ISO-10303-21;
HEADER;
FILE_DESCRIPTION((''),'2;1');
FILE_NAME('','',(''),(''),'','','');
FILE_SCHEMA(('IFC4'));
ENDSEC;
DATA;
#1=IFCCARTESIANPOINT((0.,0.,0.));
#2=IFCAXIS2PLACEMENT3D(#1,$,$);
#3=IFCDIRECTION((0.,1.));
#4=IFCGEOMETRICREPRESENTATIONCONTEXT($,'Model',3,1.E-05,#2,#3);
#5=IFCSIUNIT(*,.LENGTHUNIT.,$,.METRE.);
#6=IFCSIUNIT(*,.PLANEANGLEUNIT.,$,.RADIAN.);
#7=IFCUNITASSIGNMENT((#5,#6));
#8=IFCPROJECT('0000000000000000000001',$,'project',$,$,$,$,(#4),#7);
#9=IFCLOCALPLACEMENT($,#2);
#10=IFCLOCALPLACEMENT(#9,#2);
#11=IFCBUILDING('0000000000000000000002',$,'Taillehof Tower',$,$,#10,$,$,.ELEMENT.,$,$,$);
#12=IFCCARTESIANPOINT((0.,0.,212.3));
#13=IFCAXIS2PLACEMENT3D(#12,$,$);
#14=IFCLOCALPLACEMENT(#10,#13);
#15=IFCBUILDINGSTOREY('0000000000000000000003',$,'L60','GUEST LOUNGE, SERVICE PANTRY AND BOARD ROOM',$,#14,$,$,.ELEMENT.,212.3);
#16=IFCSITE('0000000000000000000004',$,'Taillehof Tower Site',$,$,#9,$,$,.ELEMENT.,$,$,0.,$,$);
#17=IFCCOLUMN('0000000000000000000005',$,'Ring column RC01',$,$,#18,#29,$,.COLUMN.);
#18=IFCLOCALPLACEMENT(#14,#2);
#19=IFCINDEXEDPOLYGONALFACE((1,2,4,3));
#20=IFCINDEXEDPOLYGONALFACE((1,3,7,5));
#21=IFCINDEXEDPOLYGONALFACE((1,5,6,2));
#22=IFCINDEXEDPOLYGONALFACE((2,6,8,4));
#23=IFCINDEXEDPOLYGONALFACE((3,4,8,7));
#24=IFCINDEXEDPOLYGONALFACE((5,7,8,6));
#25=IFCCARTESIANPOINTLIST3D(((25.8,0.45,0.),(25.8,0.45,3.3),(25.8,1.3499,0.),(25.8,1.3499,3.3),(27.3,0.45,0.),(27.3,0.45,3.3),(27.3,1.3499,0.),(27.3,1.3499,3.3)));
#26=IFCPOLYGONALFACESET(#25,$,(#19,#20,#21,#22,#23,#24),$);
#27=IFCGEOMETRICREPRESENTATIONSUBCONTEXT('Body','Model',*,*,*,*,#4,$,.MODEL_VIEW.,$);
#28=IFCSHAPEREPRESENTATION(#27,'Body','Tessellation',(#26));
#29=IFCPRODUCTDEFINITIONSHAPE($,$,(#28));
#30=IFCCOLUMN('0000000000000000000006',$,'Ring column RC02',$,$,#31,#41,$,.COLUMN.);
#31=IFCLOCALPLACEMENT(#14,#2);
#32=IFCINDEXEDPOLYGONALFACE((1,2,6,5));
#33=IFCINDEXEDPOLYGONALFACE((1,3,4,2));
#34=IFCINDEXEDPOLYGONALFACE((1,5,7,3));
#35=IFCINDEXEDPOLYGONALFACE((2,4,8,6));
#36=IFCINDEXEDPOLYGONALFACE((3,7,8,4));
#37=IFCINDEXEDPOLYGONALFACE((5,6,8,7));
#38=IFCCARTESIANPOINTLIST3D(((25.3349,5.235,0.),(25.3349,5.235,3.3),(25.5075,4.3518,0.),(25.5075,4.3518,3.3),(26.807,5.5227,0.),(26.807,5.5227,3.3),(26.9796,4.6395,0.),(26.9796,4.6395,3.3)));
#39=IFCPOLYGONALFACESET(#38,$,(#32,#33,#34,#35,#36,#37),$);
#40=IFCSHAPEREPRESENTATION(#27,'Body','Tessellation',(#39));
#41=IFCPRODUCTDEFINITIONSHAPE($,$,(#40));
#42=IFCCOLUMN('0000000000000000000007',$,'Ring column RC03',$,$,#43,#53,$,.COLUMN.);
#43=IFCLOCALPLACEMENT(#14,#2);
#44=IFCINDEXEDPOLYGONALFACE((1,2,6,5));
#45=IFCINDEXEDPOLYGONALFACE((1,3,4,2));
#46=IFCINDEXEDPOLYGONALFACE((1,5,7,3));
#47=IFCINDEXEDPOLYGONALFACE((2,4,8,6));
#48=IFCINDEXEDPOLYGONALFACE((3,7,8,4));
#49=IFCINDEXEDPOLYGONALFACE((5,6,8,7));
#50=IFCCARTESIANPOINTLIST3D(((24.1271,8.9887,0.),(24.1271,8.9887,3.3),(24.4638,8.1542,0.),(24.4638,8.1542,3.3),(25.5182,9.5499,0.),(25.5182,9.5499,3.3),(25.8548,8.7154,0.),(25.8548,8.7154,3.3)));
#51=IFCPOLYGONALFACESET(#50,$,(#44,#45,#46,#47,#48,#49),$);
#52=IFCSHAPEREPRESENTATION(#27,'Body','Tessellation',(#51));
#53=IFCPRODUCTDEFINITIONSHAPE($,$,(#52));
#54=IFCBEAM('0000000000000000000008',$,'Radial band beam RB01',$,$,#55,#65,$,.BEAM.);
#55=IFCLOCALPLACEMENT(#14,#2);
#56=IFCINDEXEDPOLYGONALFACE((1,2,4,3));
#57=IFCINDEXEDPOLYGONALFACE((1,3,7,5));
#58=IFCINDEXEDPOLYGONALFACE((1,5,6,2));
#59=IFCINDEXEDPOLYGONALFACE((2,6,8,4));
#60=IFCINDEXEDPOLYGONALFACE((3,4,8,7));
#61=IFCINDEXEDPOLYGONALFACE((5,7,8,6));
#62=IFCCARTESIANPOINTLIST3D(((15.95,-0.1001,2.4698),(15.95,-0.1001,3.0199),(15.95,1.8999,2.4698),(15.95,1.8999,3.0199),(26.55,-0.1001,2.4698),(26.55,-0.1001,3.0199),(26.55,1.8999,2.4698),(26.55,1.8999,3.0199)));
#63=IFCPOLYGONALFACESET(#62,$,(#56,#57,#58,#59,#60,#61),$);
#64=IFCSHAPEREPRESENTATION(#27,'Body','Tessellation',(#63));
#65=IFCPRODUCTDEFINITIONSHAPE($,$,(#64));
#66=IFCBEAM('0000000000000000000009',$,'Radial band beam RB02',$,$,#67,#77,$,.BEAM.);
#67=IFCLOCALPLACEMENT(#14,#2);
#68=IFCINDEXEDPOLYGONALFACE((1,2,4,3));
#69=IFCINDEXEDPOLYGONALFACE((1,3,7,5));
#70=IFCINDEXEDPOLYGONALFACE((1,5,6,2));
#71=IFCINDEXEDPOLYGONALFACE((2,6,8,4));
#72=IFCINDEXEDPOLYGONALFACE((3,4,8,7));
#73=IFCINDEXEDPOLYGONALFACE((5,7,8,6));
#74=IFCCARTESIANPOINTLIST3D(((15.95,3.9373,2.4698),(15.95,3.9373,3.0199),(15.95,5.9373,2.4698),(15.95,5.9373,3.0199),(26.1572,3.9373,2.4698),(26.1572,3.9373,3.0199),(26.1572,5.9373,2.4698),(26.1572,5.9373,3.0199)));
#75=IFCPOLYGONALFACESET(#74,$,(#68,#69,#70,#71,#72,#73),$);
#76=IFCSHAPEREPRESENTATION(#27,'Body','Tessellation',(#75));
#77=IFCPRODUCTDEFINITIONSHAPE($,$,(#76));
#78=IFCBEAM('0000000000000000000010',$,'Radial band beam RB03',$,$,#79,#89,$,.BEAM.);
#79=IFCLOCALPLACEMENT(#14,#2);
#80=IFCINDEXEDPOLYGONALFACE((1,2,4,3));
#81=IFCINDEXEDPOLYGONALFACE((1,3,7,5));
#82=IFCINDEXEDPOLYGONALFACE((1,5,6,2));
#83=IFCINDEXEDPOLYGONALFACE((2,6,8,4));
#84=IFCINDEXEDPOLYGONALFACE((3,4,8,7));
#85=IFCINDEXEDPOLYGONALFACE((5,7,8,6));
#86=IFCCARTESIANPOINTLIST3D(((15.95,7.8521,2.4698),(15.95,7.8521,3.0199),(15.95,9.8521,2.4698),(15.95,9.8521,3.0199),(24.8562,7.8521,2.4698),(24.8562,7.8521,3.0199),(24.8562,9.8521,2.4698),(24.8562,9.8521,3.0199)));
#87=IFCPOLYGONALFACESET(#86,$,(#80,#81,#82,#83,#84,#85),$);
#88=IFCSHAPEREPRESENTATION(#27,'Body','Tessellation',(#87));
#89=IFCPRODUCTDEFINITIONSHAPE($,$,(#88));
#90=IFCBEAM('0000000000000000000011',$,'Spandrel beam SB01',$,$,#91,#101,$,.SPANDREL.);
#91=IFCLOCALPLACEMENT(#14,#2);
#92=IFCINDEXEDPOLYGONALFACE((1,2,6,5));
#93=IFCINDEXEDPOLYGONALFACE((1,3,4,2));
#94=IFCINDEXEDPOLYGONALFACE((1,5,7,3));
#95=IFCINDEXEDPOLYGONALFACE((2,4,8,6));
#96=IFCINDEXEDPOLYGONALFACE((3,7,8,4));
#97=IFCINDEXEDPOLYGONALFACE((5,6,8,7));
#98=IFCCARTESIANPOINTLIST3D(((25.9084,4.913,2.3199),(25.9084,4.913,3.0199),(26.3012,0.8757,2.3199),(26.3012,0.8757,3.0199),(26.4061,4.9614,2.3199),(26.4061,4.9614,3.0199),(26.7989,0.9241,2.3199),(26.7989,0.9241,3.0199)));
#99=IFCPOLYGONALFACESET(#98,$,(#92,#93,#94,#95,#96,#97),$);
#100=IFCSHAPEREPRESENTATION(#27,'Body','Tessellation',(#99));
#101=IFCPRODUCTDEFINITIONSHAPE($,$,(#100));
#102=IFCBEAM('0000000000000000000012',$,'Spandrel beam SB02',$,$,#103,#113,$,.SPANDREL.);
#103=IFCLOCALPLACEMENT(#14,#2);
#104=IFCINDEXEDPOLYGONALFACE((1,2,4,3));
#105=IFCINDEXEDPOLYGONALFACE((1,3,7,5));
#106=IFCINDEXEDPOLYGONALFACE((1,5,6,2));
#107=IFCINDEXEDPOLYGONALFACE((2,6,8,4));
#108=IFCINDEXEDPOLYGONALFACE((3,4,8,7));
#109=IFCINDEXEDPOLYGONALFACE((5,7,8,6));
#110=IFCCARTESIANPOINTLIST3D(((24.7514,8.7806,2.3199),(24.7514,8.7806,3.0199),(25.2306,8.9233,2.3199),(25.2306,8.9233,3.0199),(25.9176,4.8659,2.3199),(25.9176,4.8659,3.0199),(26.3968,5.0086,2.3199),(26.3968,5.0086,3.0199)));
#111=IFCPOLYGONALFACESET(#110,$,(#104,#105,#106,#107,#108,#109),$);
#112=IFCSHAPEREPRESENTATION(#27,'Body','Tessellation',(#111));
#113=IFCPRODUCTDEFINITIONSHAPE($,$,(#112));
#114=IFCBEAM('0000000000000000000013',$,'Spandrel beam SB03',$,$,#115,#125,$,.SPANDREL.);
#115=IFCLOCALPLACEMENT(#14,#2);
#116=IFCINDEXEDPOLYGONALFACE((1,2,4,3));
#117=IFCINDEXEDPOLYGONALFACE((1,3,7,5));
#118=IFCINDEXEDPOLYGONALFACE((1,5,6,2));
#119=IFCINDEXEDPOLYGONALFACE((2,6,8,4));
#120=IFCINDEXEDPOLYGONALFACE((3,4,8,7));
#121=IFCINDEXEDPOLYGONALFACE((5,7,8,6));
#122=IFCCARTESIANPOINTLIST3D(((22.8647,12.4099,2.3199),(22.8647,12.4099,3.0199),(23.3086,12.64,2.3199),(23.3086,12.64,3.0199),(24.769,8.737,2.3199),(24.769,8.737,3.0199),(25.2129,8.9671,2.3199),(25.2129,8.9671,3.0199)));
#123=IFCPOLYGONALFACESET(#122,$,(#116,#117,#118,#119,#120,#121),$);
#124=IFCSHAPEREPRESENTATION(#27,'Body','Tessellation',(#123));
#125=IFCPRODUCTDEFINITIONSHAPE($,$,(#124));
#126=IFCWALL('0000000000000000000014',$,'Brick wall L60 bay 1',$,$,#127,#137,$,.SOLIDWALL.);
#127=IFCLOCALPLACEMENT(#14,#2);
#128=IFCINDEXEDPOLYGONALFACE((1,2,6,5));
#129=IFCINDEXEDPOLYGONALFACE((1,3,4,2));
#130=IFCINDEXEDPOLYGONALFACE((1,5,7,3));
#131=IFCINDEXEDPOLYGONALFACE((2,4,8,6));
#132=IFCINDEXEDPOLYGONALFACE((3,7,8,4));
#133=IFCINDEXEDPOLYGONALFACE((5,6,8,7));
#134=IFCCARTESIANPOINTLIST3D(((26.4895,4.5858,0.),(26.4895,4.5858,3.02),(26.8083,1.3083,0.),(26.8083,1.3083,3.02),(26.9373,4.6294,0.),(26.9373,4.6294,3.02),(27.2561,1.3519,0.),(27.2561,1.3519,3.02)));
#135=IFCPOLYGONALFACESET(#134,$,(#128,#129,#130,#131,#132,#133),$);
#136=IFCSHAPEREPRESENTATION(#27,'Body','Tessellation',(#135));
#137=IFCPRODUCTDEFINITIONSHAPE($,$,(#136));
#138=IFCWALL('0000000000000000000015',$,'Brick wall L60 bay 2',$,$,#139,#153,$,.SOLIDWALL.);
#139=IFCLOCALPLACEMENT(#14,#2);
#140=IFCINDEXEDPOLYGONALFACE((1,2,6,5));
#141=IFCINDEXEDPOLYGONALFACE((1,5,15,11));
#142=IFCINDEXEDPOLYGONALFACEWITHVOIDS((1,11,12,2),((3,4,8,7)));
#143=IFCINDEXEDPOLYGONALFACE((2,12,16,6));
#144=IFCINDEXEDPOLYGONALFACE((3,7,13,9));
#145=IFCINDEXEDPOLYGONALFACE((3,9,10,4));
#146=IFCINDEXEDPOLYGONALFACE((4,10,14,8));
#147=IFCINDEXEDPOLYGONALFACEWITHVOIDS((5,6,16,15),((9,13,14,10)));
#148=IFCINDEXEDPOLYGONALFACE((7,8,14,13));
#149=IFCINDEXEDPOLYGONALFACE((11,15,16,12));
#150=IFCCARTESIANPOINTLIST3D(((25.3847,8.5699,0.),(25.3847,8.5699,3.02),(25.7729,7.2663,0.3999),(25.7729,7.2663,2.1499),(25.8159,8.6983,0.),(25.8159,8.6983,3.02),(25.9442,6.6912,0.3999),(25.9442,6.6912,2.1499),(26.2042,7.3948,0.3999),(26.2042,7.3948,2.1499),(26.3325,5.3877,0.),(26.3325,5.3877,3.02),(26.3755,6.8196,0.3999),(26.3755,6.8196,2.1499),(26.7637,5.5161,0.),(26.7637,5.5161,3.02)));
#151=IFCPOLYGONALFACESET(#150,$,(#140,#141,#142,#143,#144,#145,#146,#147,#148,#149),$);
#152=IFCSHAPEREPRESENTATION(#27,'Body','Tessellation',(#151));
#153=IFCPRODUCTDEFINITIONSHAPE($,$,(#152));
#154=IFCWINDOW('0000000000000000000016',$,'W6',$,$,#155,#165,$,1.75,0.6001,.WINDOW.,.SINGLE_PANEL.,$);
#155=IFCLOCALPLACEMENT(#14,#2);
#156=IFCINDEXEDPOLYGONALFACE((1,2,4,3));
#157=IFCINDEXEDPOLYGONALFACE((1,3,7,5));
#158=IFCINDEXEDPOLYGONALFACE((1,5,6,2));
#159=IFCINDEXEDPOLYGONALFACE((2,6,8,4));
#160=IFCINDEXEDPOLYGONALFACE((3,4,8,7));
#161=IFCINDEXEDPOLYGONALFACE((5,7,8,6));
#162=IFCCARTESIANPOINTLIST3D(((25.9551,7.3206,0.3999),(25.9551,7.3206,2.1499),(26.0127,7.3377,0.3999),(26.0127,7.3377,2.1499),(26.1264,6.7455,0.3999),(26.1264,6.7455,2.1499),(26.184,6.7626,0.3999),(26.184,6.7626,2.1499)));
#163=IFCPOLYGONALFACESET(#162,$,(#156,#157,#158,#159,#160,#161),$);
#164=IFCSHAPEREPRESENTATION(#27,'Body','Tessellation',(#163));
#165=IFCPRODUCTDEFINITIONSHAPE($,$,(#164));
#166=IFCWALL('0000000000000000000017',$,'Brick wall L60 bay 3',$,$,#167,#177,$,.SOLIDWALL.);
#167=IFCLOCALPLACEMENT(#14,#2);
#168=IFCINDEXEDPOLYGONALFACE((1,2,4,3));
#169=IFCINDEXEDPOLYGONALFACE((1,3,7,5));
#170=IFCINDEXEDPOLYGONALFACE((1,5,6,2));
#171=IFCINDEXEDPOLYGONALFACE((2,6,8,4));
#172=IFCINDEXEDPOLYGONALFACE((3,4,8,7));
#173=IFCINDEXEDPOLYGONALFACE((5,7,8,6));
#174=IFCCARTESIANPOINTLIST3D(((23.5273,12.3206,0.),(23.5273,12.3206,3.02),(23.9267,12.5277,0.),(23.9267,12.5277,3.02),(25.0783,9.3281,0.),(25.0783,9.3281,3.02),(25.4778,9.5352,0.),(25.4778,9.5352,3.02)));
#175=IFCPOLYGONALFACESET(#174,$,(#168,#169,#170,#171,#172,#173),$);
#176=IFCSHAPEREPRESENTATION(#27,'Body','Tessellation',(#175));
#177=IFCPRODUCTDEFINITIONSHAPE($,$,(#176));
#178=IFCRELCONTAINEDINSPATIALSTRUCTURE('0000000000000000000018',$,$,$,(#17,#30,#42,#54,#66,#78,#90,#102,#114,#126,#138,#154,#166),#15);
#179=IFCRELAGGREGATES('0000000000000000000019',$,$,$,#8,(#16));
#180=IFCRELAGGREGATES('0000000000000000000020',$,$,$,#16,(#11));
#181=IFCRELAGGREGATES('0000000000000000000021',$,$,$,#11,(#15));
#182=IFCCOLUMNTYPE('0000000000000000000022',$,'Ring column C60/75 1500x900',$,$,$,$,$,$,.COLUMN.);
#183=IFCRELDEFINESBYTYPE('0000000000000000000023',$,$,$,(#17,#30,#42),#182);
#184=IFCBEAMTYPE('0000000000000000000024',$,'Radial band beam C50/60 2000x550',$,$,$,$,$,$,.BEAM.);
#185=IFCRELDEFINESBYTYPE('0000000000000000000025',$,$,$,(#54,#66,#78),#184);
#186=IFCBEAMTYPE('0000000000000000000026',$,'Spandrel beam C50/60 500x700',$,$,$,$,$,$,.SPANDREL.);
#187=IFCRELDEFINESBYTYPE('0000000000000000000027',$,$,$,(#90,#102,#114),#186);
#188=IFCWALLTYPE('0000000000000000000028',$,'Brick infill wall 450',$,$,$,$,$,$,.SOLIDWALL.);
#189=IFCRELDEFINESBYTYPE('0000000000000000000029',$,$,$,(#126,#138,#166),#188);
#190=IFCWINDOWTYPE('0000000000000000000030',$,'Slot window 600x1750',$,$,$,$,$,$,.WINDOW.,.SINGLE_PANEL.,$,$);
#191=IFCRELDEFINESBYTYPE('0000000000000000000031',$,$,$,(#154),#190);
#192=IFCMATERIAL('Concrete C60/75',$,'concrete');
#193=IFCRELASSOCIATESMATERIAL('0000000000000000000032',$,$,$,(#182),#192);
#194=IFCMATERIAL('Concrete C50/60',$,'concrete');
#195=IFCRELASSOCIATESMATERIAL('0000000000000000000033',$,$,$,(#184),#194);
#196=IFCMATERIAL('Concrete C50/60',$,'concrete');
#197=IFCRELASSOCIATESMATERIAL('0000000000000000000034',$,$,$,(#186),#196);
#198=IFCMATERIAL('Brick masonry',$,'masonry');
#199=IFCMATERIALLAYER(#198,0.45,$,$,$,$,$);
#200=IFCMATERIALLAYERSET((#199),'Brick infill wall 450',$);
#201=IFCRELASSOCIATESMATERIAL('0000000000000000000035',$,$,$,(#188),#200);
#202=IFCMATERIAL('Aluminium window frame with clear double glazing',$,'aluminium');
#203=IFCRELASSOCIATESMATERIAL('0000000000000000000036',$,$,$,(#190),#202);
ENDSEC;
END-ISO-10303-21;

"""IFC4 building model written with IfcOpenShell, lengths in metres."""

from ifc_helpers import new_model, si_unit, direction, frame, frame_2d, origin, origin_2d, place, context, subcontext, project, spatial, rectangle, extrude, material, layer, layer_set, material_profile, profile_set, type_object, element, fill, save


model = new_model("IFC4")

# Units and contexts
model_context = context("Model", 3, precision=1e-05, world=origin(), true_north=direction((0.0, 1.0)))
body_context = subcontext(model_context, "Body", "Model", "MODEL_VIEW")
ifc_project = project(units=[si_unit("LENGTHUNIT", "METRE"), si_unit("PLANEANGLEUNIT", "RADIAN")], contexts=[model_context])

# Site, building, storey
site_placement = place(None, origin())
site = spatial("IfcSite", under=ifc_project, at=site_placement, Name="Taillehof Tower Site", CompositionType="ELEMENT", RefElevation=0.0)
building_placement = place(site_placement, origin())
building = spatial("IfcBuilding", under=site, at=building_placement, Name="Taillehof Tower", CompositionType="ELEMENT")
storey_placement = place(building_placement, frame((0.0, 0.0, 212.3)))
storey = spatial("IfcBuildingStorey", under=building, at=storey_placement, Name="L60", Description="GUEST LOUNGE, SERVICE PANTRY AND BOARD ROOM", CompositionType="ELEMENT", Elevation=212.3)

# Columns
ifc_material_1 = material(Name="Concrete C60/75", Category="concrete")
ifc_material_profile_1 = material_profile(ifc_material_1, rectangle(XDim=1.5, YDim=0.8999, at=origin_2d()), Name="RC 1500x900")
ifc_profile_set_1 = profile_set([ifc_material_profile_1], Name="Concrete C60/75")
column_type = type_object("IfcColumnType", Name="Ring column C60/75 1500x900", PredefinedType="COLUMN", material=ifc_profile_set_1)
for number, where, z_axis, x_axis, name in (
    (1, (26.55, 0.8999, 0.0), (0.0, 0.0, 1.0), (1.0, 0.0, 0.0), "Ring column RC01"),
    (2, (26.1572, 4.9373, 0.0), (0.0, 0.0, 1.0), (0.981434, 0.191801, 0.0), "Ring column RC02"),
    (3, (24.991, 8.8521, 0.0), (0.0, 0.0, 1.0), (0.927385, 0.374108, 0.0), "Ring column RC03"),
):
    element("IfcColumn", number, at=place(storey_placement, frame(where, z_axis=z_axis, x_axis=x_axis)), inside=storey, type_object=column_type, Name=name, PredefinedType="COLUMN", context=body_context, shape_type="SweptSolid", body=[
        extrude(rectangle(XDim=1.5, YDim=0.8999, at=origin_2d()), origin(), (0.0, 0.0, 1.0), 3.3),
    ])

# Beams
ifc_material_2 = material(Name="Concrete C50/60", Category="concrete")
ifc_material_profile_2 = material_profile(ifc_material_2, rectangle(XDim=2.0, YDim=0.55, at=origin_2d()), Name="RC 2000x550")
ifc_profile_set_2 = profile_set([ifc_material_profile_2], Name="Concrete C50/60")
beam_type_1 = type_object("IfcBeamType", Name="Radial band beam C50/60 2000x550", PredefinedType="BEAM", material=ifc_profile_set_2)
beam_1_placement = place(storey_placement, frame((26.55, 0.8999, 2.7449), z_axis=(-1.0, 0.0, 0.0), x_axis=(0.0, -1.0, 0.0)))
element("IfcBeam", 4, at=beam_1_placement, inside=storey, type_object=beam_type_1, Name="Radial band beam RB01", PredefinedType="BEAM", context=body_context, shape_type="SweptSolid", body=[
    extrude(rectangle(XDim=2.0, YDim=0.55, at=origin_2d()), origin(), (0.0, 0.0, 1.0), 10.6001),
])
beam_2_placement = place(storey_placement, frame((26.1572, 4.9373, 2.7449), z_axis=(-1.0, 0.0, 0.0), x_axis=(0.0, -1.0, 0.0)))
element("IfcBeam", 5, at=beam_2_placement, inside=storey, type_object=beam_type_1, Name="Radial band beam RB02", PredefinedType="BEAM", context=body_context, shape_type="SweptSolid", body=[
    extrude(rectangle(XDim=2.0, YDim=0.55, at=origin_2d()), origin(), (0.0, 0.0, 1.0), 10.2073),
])
beam_3_placement = place(storey_placement, frame((24.8562, 8.8521, 2.7449), z_axis=(-1.0, 0.0, 0.0), x_axis=(0.0, -1.0, 0.0)))
element("IfcBeam", 6, at=beam_3_placement, inside=storey, type_object=beam_type_1, Name="Radial band beam RB03", PredefinedType="BEAM", context=body_context, shape_type="SweptSolid", body=[
    extrude(rectangle(XDim=2.0, YDim=0.55, at=origin_2d()), origin(), (0.0, 0.0, 1.0), 8.9062),
])
ifc_material_3 = material(Name="Concrete C50/60", Category="concrete")
ifc_material_profile_3 = material_profile(ifc_material_3, rectangle(XDim=0.5, YDim=0.7, at=origin_2d()), Name="RC 500x700")
ifc_profile_set_3 = profile_set([ifc_material_profile_3], Name="Concrete C50/60")
beam_type_2 = type_object("IfcBeamType", Name="Spandrel beam C50/60 500x700", PredefinedType="SPANDREL", material=ifc_profile_set_3)
beam_4_placement = place(storey_placement, frame((26.55, 0.8999, 2.6699), z_axis=(-0.09684, 0.9953, 0.0), x_axis=(-0.9953, -0.09684, 0.0)))
element("IfcBeam", 7, at=beam_4_placement, inside=storey, type_object=beam_type_2, Name="Spandrel beam SB01", PredefinedType="SPANDREL", context=body_context, shape_type="SweptSolid", body=[
    extrude(rectangle(XDim=0.5, YDim=0.7, at=origin_2d()), origin(), (0.0, 0.0, 1.0), 4.0564),
])
beam_5_placement = place(storey_placement, frame((26.1572, 4.9373, 2.6699), z_axis=(-0.28551, 0.958376, 0.0), x_axis=(-0.958376, -0.28551, 0.0)))
element("IfcBeam", 8, at=beam_5_placement, inside=storey, type_object=beam_type_2, Name="Spandrel beam SB02", PredefinedType="SPANDREL", context=body_context, shape_type="SweptSolid", body=[
    extrude(rectangle(XDim=0.5, YDim=0.7, at=origin_2d()), origin(), (0.0, 0.0, 1.0), 4.0847),
])
beam_6_placement = place(storey_placement, frame((24.991, 8.8521, 2.6699), z_axis=(-0.46029, 0.887769, 0.0), x_axis=(-0.887769, -0.46029, 0.0)))
element("IfcBeam", 9, at=beam_6_placement, inside=storey, type_object=beam_type_2, Name="Spandrel beam SB03", PredefinedType="SPANDREL", context=body_context, shape_type="SweptSolid", body=[
    extrude(rectangle(XDim=0.5, YDim=0.7, at=origin_2d()), origin(), (0.0, 0.0, 1.0), 4.1372),
])

# Wall
ifc_material_4 = material(Name="Brick masonry", Category="masonry")
ifc_layer_1 = layer(ifc_material_4, 0.45)
ifc_layer_set_1 = layer_set([ifc_layer_1], Name="Brick infill wall 450")
wall_type_1 = type_object("IfcWallType", Name="Brick infill wall 450", PredefinedType="SOLIDWALL", material=ifc_layer_set_1)
wall_1_placement = place(storey_placement, frame((27.0322, 1.3301, 0.0), z_axis=(0.0, 0.0, 1.0), x_axis=(-0.096824, 0.995302, 0.0)))
element("IfcWall", 10, at=wall_1_placement, inside=storey, type_object=wall_type_1, Name="Brick wall L60 bay 1", PredefinedType="SOLIDWALL", context=body_context, shape_type="SweptSolid", body=[
    extrude(rectangle(XDim=3.293, YDim=0.45, at=frame_2d((1.6465, 0.0))), origin(), (0.0, 0.0, 1.0), 3.02),
])

# Wall, opening, window
wall_2_placement = place(storey_placement, frame((26.5481, 5.4519, 0.0), z_axis=(0.0, 0.0, 1.0), x_axis=(-0.285445, 0.958395, 0.0)))
wall_2 = element("IfcWall", 11, at=wall_2_placement, inside=storey, type_object=wall_type_1, Name="Brick wall L60 bay 2", PredefinedType="SOLIDWALL", context=body_context, shape_type="SweptSolid", body=[
    extrude(rectangle(XDim=3.3203, YDim=0.45, at=frame_2d((1.6602, 0.0))), origin(), (0.0, 0.0, 1.0), 3.02),
])
opening_1_placement = place(wall_2_placement, frame((1.3601, 0.0, 0.3999)))
opening_1 = element("IfcOpeningElement", 12, at=opening_1_placement, cuts=wall_2, PredefinedType="OPENING", context=body_context, shape_type="SweptSolid", body=[
    extrude(rectangle(XDim=0.6001, YDim=1.75, at=frame_2d((0.3, 0.875))), frame((0.0, 0.2349, 0.0), z_axis=(0.0, -1.0, 0.0), x_axis=(1.0, 0.0, 0.0)), (0.0, 0.0, 1.0), 0.47),
])
ifc_material_5 = material(Name="Aluminium window frame with clear double glazing", Category="aluminium")
window_type = type_object("IfcWindowType", Name="Slot window 600x1750", PartitioningType="SINGLE_PANEL", PredefinedType="WINDOW", material=ifc_material_5)
window_placement = place(opening_1_placement, origin())
window = element("IfcWindow", 13, at=window_placement, inside=storey, type_object=window_type, Name="W6", OverallHeight=1.75, OverallWidth=0.6001, PartitioningType="SINGLE_PANEL", PredefinedType="WINDOW", context=body_context, shape_type="SweptSolid", body=[
    extrude(rectangle(XDim=0.6001, YDim=1.75, at=frame_2d((0.3, 0.875))), frame((0.0, 0.0349, 0.0), z_axis=(0.0, -1.0, 0.0), x_axis=(1.0, 0.0, 0.0)), (0.0, 0.0, 1.0), 0.0601),
])
fill(opening_1, window)

# Wall
wall_3_placement = place(storey_placement, frame((25.2781, 9.4316, 0.0), z_axis=(0.0, 0.0, 1.0), x_axis=(-0.460176, 0.887828, 0.0)))
element("IfcWall", 14, at=wall_3_placement, inside=storey, type_object=wall_type_1, Name="Brick wall L60 bay 3", PredefinedType="SOLIDWALL", context=body_context, shape_type="SweptSolid", body=[
    extrude(rectangle(XDim=3.3706, YDim=0.45, at=frame_2d((1.6853, 0.0))), origin(), (0.0, 0.0, 1.0), 3.02),
])

save(model, "model.ifc")
